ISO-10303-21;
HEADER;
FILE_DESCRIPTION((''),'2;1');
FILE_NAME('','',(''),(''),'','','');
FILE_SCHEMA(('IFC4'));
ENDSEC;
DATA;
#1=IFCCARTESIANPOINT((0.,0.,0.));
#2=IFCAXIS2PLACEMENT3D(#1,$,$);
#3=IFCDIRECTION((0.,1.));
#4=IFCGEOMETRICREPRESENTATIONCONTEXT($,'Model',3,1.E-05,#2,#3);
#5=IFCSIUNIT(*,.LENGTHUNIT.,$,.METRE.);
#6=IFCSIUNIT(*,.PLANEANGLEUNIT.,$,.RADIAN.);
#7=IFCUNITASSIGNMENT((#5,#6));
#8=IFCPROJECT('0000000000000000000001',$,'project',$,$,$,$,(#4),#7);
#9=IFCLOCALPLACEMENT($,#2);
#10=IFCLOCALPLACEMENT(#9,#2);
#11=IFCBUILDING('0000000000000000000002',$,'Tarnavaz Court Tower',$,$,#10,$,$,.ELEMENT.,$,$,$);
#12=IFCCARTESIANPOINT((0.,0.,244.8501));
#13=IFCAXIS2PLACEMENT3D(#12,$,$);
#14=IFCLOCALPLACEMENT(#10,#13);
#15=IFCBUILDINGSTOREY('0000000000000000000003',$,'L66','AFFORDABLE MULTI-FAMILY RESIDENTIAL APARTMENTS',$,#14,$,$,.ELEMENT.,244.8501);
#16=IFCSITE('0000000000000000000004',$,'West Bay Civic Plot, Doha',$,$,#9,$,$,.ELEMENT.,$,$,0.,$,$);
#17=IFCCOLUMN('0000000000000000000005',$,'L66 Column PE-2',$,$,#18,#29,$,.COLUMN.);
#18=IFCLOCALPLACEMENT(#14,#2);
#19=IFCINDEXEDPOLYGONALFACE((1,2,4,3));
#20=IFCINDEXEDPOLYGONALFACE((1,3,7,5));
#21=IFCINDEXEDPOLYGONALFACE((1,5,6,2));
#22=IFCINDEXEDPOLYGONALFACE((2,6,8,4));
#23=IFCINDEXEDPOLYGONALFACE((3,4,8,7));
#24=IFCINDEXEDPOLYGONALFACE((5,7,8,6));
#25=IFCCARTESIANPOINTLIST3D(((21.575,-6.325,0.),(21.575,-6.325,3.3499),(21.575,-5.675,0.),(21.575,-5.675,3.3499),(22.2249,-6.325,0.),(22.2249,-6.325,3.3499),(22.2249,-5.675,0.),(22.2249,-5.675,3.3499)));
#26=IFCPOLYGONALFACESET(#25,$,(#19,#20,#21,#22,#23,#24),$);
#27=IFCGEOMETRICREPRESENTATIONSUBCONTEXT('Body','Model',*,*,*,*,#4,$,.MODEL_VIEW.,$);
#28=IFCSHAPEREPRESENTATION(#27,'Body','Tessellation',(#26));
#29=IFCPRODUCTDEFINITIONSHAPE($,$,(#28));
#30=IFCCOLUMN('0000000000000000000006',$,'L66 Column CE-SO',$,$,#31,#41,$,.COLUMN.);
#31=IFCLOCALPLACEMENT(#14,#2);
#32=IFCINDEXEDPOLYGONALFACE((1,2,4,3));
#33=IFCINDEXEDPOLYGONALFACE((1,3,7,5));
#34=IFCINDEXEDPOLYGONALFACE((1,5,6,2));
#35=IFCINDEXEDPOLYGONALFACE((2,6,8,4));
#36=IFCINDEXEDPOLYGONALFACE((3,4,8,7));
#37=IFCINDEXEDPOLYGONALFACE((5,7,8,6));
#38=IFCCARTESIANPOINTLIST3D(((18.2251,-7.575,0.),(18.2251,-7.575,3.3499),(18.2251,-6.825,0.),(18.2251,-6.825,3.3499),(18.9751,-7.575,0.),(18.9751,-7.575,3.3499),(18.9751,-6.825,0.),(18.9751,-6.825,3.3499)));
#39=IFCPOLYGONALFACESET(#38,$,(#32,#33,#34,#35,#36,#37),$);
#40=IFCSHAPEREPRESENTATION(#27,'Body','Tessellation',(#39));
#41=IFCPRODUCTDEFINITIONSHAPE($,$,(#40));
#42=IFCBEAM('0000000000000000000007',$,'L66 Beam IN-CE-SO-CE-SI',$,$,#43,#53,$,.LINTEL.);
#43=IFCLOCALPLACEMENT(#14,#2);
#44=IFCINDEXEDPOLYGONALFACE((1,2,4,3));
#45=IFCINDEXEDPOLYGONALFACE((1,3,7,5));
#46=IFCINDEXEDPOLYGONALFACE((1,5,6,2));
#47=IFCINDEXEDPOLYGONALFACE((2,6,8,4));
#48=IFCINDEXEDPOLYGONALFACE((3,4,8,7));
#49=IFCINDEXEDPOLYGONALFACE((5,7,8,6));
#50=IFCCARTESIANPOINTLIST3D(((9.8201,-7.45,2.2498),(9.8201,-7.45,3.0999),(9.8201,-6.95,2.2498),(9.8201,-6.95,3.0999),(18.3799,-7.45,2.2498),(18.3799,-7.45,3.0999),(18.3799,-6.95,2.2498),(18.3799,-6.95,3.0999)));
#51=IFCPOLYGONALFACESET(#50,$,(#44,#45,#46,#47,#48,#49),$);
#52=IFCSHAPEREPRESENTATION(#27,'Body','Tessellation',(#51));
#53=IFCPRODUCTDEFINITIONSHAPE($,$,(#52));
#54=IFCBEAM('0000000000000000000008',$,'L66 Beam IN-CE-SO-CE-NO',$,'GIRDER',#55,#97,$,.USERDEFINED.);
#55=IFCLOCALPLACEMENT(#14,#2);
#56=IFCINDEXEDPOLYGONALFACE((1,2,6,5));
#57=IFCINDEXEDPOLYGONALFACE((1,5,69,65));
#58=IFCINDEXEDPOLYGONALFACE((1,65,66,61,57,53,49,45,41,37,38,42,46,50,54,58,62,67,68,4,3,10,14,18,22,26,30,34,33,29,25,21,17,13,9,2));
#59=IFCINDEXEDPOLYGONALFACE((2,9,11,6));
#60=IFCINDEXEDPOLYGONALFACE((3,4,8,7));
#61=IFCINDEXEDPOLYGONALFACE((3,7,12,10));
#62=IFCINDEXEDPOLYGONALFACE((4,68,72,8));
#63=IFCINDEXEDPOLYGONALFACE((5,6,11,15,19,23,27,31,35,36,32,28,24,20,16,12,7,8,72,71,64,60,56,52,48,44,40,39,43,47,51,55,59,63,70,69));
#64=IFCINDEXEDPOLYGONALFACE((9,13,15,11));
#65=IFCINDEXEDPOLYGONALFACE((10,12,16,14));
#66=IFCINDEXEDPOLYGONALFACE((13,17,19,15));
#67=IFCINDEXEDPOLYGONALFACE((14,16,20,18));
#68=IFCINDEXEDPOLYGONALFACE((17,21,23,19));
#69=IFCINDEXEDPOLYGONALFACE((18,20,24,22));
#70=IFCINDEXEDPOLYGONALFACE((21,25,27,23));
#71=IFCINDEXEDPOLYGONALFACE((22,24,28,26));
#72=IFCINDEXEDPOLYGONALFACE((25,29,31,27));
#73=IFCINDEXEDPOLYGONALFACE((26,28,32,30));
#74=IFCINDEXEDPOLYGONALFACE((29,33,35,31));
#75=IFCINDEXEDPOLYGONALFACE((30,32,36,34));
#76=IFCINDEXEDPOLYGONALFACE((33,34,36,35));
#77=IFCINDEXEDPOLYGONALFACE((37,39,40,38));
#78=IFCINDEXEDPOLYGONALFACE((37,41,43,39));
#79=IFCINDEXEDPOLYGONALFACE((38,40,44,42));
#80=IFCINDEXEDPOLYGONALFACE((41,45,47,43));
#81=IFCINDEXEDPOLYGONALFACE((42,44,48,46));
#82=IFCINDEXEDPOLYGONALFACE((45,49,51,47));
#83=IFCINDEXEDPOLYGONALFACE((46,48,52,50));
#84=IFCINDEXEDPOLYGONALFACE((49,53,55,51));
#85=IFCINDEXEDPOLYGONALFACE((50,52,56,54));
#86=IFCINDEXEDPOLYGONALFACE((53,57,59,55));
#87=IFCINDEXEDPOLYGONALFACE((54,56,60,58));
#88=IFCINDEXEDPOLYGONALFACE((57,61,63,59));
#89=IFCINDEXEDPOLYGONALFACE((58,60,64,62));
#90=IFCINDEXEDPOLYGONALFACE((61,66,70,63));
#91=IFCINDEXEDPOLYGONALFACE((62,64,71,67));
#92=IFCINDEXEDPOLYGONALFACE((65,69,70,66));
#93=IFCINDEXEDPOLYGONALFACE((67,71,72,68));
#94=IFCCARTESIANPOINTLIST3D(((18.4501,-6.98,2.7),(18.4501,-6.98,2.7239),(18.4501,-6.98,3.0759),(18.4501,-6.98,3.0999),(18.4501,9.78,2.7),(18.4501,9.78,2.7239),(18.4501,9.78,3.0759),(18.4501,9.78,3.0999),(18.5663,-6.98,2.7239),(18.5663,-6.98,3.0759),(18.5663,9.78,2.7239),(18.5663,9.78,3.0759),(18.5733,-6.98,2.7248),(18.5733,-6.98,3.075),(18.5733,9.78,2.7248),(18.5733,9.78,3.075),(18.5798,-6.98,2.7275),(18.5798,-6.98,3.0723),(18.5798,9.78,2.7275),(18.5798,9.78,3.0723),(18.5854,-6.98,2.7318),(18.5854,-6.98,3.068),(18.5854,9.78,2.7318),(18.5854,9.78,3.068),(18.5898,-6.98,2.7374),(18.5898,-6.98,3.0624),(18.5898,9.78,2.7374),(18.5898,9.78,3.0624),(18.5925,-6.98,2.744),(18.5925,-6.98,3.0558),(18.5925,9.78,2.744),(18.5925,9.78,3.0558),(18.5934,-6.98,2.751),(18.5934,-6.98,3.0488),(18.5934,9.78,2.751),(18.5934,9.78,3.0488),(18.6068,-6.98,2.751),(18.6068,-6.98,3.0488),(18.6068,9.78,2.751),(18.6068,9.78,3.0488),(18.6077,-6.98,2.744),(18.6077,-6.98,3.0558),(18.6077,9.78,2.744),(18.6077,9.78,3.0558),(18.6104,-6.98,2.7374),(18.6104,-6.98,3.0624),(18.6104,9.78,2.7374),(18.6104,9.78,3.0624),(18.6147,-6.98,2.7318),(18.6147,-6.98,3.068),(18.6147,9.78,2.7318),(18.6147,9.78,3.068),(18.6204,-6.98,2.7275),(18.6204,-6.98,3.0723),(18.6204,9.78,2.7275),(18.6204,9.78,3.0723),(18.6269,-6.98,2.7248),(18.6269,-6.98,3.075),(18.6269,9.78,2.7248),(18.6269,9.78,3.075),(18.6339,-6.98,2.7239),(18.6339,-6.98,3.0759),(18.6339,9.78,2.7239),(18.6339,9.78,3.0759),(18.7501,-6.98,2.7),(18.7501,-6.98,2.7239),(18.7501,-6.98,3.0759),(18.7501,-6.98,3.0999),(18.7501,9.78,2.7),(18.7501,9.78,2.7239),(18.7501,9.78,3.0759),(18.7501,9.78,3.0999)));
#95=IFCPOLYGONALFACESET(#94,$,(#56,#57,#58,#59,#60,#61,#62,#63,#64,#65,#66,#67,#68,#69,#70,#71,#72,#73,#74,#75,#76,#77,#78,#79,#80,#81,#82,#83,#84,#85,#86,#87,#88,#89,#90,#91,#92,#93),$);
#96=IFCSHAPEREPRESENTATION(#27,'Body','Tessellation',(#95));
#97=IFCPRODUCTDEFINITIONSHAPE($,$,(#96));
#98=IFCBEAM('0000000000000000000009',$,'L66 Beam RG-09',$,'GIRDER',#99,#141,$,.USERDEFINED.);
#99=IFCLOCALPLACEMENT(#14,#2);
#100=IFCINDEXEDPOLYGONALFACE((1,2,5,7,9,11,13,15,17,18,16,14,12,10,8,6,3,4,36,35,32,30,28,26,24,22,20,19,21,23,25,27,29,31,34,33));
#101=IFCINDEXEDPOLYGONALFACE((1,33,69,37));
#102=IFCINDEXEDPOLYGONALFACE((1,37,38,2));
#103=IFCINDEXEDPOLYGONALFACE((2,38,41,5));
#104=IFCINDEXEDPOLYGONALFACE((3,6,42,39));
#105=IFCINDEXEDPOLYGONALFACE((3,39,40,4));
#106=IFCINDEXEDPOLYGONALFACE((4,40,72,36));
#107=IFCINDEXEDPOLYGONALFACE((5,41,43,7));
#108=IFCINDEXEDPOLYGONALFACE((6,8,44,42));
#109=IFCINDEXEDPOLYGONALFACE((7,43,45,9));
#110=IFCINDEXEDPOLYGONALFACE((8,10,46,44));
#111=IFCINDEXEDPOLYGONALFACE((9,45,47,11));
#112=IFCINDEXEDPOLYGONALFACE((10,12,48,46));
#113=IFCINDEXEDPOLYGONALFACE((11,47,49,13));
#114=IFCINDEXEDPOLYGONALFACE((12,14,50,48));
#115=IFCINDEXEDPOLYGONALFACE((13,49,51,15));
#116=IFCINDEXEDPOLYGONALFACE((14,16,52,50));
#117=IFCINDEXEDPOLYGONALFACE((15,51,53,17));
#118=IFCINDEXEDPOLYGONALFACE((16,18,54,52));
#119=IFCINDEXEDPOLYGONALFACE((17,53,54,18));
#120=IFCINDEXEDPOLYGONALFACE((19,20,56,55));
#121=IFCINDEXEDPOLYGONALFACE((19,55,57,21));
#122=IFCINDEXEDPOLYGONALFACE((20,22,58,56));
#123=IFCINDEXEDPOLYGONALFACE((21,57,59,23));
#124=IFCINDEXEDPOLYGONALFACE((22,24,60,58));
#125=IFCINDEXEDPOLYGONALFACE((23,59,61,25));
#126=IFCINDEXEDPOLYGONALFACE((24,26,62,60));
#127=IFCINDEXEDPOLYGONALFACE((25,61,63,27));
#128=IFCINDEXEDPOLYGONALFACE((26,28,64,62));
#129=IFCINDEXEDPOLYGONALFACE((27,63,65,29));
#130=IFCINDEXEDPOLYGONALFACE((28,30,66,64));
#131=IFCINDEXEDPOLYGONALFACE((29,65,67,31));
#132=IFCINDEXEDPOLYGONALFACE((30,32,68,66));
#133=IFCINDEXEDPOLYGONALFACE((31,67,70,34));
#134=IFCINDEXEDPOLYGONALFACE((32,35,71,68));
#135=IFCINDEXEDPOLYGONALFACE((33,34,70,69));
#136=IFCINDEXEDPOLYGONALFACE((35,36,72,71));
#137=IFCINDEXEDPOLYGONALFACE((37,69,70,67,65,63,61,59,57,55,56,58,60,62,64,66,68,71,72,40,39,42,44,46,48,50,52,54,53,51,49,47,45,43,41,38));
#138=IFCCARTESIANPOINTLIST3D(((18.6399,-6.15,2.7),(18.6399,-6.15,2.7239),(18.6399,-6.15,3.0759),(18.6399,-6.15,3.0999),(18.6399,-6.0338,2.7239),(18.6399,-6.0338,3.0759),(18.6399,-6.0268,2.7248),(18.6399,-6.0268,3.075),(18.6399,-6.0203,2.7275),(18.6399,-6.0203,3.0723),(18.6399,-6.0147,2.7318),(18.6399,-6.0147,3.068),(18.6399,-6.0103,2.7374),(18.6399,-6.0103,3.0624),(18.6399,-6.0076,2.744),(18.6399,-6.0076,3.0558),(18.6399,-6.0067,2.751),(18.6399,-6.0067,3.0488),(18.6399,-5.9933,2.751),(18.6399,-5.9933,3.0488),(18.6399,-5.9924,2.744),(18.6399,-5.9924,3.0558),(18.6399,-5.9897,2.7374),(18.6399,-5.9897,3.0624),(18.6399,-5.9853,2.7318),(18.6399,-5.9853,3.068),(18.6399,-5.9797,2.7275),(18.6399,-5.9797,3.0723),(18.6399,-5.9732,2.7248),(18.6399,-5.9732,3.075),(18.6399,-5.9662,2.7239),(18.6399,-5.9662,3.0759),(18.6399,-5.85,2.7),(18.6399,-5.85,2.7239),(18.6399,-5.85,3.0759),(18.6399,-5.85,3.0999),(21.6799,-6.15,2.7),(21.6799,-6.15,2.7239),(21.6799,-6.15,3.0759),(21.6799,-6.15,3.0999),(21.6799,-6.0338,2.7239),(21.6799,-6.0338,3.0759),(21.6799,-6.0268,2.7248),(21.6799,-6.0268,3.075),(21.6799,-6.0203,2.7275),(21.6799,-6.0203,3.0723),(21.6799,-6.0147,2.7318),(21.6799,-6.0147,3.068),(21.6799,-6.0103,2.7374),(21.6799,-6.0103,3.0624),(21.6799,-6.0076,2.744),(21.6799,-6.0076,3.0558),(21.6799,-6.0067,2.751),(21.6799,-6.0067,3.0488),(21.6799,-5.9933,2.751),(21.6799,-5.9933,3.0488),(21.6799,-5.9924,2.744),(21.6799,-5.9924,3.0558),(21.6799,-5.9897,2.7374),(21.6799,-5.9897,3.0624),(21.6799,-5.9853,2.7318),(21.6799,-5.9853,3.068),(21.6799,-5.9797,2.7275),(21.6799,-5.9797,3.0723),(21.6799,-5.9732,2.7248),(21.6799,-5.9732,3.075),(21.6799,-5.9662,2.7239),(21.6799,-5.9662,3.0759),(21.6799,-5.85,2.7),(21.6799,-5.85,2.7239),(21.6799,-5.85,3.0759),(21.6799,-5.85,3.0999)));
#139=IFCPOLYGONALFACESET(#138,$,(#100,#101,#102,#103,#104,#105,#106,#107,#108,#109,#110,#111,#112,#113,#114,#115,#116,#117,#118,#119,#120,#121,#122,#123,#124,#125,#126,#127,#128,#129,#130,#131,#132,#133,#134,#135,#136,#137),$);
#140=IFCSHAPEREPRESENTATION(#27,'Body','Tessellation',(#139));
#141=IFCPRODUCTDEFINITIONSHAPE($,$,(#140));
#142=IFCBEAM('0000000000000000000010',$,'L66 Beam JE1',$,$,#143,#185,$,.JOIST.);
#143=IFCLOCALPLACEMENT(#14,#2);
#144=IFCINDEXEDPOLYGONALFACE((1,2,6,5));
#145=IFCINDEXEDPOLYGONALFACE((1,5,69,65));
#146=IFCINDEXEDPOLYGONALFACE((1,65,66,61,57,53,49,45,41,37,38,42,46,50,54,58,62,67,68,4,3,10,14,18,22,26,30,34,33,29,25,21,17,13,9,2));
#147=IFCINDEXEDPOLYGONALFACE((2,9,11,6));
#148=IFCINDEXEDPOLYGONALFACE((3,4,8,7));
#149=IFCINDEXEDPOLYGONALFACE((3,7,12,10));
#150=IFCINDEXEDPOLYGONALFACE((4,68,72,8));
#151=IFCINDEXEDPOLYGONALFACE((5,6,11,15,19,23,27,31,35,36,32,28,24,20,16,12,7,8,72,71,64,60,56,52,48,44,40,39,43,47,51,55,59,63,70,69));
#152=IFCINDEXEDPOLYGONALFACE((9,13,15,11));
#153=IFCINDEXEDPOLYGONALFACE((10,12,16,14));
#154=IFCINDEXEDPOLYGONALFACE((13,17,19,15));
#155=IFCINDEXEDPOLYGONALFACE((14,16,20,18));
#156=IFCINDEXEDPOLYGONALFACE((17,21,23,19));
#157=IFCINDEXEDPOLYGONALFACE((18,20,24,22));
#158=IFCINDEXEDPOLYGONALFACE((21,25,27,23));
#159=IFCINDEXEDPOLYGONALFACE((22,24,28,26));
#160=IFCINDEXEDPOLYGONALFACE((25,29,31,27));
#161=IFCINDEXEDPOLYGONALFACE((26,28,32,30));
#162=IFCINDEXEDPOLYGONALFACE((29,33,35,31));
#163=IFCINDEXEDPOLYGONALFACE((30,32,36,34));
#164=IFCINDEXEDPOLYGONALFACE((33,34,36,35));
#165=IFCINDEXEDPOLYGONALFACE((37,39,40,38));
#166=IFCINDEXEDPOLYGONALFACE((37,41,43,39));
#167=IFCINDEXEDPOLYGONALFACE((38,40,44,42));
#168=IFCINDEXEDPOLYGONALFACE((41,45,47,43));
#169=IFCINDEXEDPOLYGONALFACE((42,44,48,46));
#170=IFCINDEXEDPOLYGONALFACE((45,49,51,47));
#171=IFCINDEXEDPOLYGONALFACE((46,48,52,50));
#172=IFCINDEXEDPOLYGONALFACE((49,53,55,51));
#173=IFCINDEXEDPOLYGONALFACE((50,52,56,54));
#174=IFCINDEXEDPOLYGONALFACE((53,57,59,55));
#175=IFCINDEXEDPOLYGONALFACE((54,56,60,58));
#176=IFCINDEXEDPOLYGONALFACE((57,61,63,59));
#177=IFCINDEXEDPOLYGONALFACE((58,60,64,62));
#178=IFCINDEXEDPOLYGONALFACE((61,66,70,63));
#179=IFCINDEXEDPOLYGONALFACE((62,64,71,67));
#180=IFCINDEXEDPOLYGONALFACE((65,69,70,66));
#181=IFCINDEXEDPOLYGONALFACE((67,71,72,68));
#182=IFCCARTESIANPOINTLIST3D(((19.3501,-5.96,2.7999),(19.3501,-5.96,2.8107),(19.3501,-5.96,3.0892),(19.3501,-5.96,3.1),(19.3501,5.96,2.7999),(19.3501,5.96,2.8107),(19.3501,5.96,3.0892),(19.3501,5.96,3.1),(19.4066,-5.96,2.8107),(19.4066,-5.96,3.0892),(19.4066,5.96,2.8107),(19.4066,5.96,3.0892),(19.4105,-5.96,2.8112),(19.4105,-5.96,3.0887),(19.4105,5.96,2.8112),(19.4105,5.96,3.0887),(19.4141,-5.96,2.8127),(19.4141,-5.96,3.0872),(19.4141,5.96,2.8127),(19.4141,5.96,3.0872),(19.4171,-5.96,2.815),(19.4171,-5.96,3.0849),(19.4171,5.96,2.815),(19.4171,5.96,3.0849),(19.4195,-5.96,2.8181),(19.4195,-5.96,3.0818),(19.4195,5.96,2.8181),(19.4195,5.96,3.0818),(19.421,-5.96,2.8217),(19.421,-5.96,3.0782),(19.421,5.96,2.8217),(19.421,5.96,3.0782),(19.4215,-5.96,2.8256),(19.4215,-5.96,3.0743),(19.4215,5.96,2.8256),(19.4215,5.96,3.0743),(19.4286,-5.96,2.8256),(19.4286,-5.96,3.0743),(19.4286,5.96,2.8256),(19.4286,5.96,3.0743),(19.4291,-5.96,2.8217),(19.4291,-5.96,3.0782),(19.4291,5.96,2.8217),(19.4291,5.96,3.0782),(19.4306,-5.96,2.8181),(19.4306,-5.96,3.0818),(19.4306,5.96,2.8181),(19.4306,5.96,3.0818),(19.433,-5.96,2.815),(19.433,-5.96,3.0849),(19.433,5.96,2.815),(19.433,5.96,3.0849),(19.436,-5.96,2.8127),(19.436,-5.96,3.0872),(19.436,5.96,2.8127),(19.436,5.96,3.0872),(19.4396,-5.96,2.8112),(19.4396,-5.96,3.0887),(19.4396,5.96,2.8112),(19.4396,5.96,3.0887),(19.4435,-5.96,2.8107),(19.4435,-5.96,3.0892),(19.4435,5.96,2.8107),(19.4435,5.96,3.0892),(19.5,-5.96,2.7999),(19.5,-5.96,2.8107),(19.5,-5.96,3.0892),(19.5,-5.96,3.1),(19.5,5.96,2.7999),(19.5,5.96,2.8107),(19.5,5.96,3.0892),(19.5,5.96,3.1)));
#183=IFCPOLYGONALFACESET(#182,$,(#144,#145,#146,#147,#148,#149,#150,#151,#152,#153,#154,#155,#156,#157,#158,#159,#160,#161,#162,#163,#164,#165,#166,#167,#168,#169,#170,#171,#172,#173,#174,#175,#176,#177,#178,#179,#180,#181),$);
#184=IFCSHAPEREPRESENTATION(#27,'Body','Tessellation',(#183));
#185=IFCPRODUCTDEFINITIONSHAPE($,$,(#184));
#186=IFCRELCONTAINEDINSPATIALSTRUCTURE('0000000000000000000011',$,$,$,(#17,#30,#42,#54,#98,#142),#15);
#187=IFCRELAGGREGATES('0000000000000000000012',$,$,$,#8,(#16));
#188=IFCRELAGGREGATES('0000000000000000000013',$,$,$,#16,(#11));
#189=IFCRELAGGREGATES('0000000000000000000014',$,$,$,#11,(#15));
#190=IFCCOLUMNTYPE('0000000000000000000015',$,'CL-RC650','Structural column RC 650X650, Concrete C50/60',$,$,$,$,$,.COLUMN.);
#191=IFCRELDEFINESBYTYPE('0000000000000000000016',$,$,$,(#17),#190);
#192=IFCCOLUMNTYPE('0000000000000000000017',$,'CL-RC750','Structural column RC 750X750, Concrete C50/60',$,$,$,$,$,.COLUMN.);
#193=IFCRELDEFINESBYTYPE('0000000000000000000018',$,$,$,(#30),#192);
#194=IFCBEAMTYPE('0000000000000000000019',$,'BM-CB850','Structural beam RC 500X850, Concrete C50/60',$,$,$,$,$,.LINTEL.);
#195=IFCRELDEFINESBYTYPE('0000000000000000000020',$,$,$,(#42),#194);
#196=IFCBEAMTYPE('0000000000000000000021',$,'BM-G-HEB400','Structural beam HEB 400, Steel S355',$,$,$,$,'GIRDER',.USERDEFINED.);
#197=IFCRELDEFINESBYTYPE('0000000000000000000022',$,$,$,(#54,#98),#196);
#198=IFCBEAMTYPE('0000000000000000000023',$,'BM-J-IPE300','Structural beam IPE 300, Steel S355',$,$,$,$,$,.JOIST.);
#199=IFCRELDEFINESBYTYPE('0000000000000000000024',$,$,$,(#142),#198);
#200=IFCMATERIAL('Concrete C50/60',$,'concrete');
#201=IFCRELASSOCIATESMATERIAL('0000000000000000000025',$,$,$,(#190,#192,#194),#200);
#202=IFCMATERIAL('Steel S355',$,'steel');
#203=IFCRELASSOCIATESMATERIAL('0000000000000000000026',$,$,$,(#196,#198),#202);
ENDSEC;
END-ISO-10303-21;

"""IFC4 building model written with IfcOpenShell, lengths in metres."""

from ifc_helpers import new_model, si_unit, direction, frame, origin, origin_2d, place, context, subcontext, project, spatial, rectangle, i_section, extrude, material, material_profile, profile_set, type_object, element, save


model = new_model("IFC4")

# Units and contexts
model_context = context("Model", 3, precision=1e-05, world=origin(), true_north=direction((0.0, 1.0)))
body_context = subcontext(model_context, "Body", "Model", "MODEL_VIEW")
ifc_project = project(units=[si_unit("LENGTHUNIT", "METRE"), si_unit("PLANEANGLEUNIT", "RADIAN")], contexts=[model_context])

# Site, building, storey
site_placement = place(None, origin())
site = spatial("IfcSite", under=ifc_project, at=site_placement, Name="West Bay Civic Plot, Doha", CompositionType="ELEMENT", RefElevation=0.0)
building_placement = place(site_placement, origin())
building = spatial("IfcBuilding", under=site, at=building_placement, Name="Tarnavaz Court Tower", CompositionType="ELEMENT")
storey_placement = place(building_placement, frame((0.0, 0.0, 244.8501)))
storey = spatial("IfcBuildingStorey", under=building, at=storey_placement, Name="L66", Description="AFFORDABLE MULTI-FAMILY RESIDENTIAL APARTMENTS", CompositionType="ELEMENT", Elevation=244.8501)

# Columns
ifc_material_1 = material(Name="Concrete C50/60", Category="concrete")
ifc_material_profile_1 = material_profile(ifc_material_1, rectangle(XDim=0.6499, YDim=0.6499, at=origin_2d()), Name="RC 650X650")
ifc_profile_set_1 = profile_set([ifc_material_profile_1], Name="Concrete C50/60")
column_type_1 = type_object("IfcColumnType", Name="CL-RC650", Description="Structural column RC 650X650, Concrete C50/60", PredefinedType="COLUMN", material=ifc_profile_set_1)
column_1_placement = place(storey_placement, frame((21.8999, -6.0, 0.0), z_axis=(0.0, 0.0, 1.0), x_axis=(1.0, 0.0, 0.0)))
element("IfcColumn", 1, at=column_1_placement, inside=storey, type_object=column_type_1, Name="L66 Column PE-2", PredefinedType="COLUMN", context=body_context, shape_type="SweptSolid", body=[
    extrude(rectangle(XDim=0.6499, YDim=0.6499, at=origin_2d()), origin(), (0.0, 0.0, 1.0), 3.3499),
])
ifc_material_profile_2 = material_profile(ifc_material_1, rectangle(XDim=0.75, YDim=0.75, at=origin_2d()), Name="RC 750X750")
ifc_profile_set_2 = profile_set([ifc_material_profile_2], Name="Concrete C50/60")
column_type_2 = type_object("IfcColumnType", Name="CL-RC750", Description="Structural column RC 750X750, Concrete C50/60", PredefinedType="COLUMN", material=ifc_profile_set_2)
column_2_placement = place(storey_placement, frame((18.6001, -7.2, 0.0), z_axis=(0.0, 0.0, 1.0), x_axis=(1.0, 0.0, 0.0)))
element("IfcColumn", 2, at=column_2_placement, inside=storey, type_object=column_type_2, Name="L66 Column CE-SO", PredefinedType="COLUMN", context=body_context, shape_type="SweptSolid", body=[
    extrude(rectangle(XDim=0.75, YDim=0.75, at=origin_2d()), origin(), (0.0, 0.0, 1.0), 3.3499),
])

# Beams
ifc_material_profile_3 = material_profile(ifc_material_1, rectangle(XDim=0.5, YDim=0.8501, at=origin_2d()), Name="RC 500X850")
ifc_profile_set_3 = profile_set([ifc_material_profile_3], Name="Concrete C50/60")
beam_type_1 = type_object("IfcBeamType", Name="BM-CB850", Description="Structural beam RC 500X850, Concrete C50/60", PredefinedType="LINTEL", material=ifc_profile_set_3)
beam_1_placement = place(storey_placement, frame((18.3799, -7.2, 2.6748), z_axis=(-1.0, 0.0, 0.0), x_axis=(0.0, -1.0, 0.0)))
element("IfcBeam", 3, at=beam_1_placement, inside=storey, type_object=beam_type_1, Name="L66 Beam IN-CE-SO-CE-SI", PredefinedType="LINTEL", context=body_context, shape_type="SweptSolid", body=[
    extrude(rectangle(XDim=0.5, YDim=0.8501, at=origin_2d()), origin(), (0.0, 0.0, 1.0), 8.5598),
])
ifc_material_2 = material(Name="Steel S355", Category="steel")
ifc_material_profile_4 = material_profile(ifc_material_2, i_section(OverallWidth=0.3, OverallDepth=0.3999, WebThickness=0.0134, FlangeThickness=0.0239, FilletRadius=0.0271, at=origin_2d()), Name="HEB 400")
ifc_profile_set_4 = profile_set([ifc_material_profile_4], Name="Steel S355")
beam_type_2 = type_object("IfcBeamType", Name="BM-G-HEB400", Description="Structural beam HEB 400, Steel S355", ElementType="GIRDER", PredefinedType="USERDEFINED", material=ifc_profile_set_4)
beam_2_placement = place(storey_placement, frame((18.6001, -6.98, 2.8999), z_axis=(0.0, 1.0, 0.0), x_axis=(-1.0, 0.0, 0.0)))
element("IfcBeam", 4, at=beam_2_placement, inside=storey, type_object=beam_type_2, Name="L66 Beam IN-CE-SO-CE-NO", ObjectType="GIRDER", PredefinedType="USERDEFINED", context=body_context, shape_type="SweptSolid", body=[
    extrude(i_section(OverallWidth=0.3, OverallDepth=0.3999, WebThickness=0.0134, FlangeThickness=0.0239, FilletRadius=0.0271, at=origin_2d()), origin(), (0.0, 0.0, 1.0), 16.76),
])
beam_3_placement = place(storey_placement, frame((18.6399, -6.0, 2.8999), z_axis=(1.0, 0.0, 0.0), x_axis=(0.0, 1.0, 0.0)))
element("IfcBeam", 5, at=beam_3_placement, inside=storey, type_object=beam_type_2, Name="L66 Beam RG-09", ObjectType="GIRDER", PredefinedType="USERDEFINED", context=body_context, shape_type="SweptSolid", body=[
    extrude(i_section(OverallWidth=0.3, OverallDepth=0.3999, WebThickness=0.0134, FlangeThickness=0.0239, FilletRadius=0.0271, at=origin_2d()), origin(), (0.0, 0.0, 1.0), 3.04),
])
ifc_material_profile_5 = material_profile(ifc_material_2, i_section(OverallWidth=0.1499, OverallDepth=0.3, WebThickness=0.0071, FlangeThickness=0.0107, FilletRadius=0.0149, at=origin_2d()), Name="IPE 300")
ifc_profile_set_5 = profile_set([ifc_material_profile_5], Name="Steel S355")
beam_type_3 = type_object("IfcBeamType", Name="BM-J-IPE300", Description="Structural beam IPE 300, Steel S355", PredefinedType="JOIST", material=ifc_profile_set_5)
for number, where, z_axis, x_axis, name in (
    (6, (19.425, -5.96, 2.95), (0.0, 1.0, 0.0), (-1.0, 0.0, 0.0), "L66 Beam JE1"),
):
    element("IfcBeam", number, at=place(storey_placement, frame(where, z_axis=z_axis, x_axis=x_axis)), inside=storey, type_object=beam_type_3, Name=name, PredefinedType="JOIST", context=body_context, shape_type="SweptSolid", body=[
        extrude(i_section(OverallWidth=0.1499, OverallDepth=0.3, WebThickness=0.0071, FlangeThickness=0.0107, FilletRadius=0.0149, at=origin_2d()), origin(), (0.0, 0.0, 1.0), 11.9199),
    ])

save(model, "model.ifc")
